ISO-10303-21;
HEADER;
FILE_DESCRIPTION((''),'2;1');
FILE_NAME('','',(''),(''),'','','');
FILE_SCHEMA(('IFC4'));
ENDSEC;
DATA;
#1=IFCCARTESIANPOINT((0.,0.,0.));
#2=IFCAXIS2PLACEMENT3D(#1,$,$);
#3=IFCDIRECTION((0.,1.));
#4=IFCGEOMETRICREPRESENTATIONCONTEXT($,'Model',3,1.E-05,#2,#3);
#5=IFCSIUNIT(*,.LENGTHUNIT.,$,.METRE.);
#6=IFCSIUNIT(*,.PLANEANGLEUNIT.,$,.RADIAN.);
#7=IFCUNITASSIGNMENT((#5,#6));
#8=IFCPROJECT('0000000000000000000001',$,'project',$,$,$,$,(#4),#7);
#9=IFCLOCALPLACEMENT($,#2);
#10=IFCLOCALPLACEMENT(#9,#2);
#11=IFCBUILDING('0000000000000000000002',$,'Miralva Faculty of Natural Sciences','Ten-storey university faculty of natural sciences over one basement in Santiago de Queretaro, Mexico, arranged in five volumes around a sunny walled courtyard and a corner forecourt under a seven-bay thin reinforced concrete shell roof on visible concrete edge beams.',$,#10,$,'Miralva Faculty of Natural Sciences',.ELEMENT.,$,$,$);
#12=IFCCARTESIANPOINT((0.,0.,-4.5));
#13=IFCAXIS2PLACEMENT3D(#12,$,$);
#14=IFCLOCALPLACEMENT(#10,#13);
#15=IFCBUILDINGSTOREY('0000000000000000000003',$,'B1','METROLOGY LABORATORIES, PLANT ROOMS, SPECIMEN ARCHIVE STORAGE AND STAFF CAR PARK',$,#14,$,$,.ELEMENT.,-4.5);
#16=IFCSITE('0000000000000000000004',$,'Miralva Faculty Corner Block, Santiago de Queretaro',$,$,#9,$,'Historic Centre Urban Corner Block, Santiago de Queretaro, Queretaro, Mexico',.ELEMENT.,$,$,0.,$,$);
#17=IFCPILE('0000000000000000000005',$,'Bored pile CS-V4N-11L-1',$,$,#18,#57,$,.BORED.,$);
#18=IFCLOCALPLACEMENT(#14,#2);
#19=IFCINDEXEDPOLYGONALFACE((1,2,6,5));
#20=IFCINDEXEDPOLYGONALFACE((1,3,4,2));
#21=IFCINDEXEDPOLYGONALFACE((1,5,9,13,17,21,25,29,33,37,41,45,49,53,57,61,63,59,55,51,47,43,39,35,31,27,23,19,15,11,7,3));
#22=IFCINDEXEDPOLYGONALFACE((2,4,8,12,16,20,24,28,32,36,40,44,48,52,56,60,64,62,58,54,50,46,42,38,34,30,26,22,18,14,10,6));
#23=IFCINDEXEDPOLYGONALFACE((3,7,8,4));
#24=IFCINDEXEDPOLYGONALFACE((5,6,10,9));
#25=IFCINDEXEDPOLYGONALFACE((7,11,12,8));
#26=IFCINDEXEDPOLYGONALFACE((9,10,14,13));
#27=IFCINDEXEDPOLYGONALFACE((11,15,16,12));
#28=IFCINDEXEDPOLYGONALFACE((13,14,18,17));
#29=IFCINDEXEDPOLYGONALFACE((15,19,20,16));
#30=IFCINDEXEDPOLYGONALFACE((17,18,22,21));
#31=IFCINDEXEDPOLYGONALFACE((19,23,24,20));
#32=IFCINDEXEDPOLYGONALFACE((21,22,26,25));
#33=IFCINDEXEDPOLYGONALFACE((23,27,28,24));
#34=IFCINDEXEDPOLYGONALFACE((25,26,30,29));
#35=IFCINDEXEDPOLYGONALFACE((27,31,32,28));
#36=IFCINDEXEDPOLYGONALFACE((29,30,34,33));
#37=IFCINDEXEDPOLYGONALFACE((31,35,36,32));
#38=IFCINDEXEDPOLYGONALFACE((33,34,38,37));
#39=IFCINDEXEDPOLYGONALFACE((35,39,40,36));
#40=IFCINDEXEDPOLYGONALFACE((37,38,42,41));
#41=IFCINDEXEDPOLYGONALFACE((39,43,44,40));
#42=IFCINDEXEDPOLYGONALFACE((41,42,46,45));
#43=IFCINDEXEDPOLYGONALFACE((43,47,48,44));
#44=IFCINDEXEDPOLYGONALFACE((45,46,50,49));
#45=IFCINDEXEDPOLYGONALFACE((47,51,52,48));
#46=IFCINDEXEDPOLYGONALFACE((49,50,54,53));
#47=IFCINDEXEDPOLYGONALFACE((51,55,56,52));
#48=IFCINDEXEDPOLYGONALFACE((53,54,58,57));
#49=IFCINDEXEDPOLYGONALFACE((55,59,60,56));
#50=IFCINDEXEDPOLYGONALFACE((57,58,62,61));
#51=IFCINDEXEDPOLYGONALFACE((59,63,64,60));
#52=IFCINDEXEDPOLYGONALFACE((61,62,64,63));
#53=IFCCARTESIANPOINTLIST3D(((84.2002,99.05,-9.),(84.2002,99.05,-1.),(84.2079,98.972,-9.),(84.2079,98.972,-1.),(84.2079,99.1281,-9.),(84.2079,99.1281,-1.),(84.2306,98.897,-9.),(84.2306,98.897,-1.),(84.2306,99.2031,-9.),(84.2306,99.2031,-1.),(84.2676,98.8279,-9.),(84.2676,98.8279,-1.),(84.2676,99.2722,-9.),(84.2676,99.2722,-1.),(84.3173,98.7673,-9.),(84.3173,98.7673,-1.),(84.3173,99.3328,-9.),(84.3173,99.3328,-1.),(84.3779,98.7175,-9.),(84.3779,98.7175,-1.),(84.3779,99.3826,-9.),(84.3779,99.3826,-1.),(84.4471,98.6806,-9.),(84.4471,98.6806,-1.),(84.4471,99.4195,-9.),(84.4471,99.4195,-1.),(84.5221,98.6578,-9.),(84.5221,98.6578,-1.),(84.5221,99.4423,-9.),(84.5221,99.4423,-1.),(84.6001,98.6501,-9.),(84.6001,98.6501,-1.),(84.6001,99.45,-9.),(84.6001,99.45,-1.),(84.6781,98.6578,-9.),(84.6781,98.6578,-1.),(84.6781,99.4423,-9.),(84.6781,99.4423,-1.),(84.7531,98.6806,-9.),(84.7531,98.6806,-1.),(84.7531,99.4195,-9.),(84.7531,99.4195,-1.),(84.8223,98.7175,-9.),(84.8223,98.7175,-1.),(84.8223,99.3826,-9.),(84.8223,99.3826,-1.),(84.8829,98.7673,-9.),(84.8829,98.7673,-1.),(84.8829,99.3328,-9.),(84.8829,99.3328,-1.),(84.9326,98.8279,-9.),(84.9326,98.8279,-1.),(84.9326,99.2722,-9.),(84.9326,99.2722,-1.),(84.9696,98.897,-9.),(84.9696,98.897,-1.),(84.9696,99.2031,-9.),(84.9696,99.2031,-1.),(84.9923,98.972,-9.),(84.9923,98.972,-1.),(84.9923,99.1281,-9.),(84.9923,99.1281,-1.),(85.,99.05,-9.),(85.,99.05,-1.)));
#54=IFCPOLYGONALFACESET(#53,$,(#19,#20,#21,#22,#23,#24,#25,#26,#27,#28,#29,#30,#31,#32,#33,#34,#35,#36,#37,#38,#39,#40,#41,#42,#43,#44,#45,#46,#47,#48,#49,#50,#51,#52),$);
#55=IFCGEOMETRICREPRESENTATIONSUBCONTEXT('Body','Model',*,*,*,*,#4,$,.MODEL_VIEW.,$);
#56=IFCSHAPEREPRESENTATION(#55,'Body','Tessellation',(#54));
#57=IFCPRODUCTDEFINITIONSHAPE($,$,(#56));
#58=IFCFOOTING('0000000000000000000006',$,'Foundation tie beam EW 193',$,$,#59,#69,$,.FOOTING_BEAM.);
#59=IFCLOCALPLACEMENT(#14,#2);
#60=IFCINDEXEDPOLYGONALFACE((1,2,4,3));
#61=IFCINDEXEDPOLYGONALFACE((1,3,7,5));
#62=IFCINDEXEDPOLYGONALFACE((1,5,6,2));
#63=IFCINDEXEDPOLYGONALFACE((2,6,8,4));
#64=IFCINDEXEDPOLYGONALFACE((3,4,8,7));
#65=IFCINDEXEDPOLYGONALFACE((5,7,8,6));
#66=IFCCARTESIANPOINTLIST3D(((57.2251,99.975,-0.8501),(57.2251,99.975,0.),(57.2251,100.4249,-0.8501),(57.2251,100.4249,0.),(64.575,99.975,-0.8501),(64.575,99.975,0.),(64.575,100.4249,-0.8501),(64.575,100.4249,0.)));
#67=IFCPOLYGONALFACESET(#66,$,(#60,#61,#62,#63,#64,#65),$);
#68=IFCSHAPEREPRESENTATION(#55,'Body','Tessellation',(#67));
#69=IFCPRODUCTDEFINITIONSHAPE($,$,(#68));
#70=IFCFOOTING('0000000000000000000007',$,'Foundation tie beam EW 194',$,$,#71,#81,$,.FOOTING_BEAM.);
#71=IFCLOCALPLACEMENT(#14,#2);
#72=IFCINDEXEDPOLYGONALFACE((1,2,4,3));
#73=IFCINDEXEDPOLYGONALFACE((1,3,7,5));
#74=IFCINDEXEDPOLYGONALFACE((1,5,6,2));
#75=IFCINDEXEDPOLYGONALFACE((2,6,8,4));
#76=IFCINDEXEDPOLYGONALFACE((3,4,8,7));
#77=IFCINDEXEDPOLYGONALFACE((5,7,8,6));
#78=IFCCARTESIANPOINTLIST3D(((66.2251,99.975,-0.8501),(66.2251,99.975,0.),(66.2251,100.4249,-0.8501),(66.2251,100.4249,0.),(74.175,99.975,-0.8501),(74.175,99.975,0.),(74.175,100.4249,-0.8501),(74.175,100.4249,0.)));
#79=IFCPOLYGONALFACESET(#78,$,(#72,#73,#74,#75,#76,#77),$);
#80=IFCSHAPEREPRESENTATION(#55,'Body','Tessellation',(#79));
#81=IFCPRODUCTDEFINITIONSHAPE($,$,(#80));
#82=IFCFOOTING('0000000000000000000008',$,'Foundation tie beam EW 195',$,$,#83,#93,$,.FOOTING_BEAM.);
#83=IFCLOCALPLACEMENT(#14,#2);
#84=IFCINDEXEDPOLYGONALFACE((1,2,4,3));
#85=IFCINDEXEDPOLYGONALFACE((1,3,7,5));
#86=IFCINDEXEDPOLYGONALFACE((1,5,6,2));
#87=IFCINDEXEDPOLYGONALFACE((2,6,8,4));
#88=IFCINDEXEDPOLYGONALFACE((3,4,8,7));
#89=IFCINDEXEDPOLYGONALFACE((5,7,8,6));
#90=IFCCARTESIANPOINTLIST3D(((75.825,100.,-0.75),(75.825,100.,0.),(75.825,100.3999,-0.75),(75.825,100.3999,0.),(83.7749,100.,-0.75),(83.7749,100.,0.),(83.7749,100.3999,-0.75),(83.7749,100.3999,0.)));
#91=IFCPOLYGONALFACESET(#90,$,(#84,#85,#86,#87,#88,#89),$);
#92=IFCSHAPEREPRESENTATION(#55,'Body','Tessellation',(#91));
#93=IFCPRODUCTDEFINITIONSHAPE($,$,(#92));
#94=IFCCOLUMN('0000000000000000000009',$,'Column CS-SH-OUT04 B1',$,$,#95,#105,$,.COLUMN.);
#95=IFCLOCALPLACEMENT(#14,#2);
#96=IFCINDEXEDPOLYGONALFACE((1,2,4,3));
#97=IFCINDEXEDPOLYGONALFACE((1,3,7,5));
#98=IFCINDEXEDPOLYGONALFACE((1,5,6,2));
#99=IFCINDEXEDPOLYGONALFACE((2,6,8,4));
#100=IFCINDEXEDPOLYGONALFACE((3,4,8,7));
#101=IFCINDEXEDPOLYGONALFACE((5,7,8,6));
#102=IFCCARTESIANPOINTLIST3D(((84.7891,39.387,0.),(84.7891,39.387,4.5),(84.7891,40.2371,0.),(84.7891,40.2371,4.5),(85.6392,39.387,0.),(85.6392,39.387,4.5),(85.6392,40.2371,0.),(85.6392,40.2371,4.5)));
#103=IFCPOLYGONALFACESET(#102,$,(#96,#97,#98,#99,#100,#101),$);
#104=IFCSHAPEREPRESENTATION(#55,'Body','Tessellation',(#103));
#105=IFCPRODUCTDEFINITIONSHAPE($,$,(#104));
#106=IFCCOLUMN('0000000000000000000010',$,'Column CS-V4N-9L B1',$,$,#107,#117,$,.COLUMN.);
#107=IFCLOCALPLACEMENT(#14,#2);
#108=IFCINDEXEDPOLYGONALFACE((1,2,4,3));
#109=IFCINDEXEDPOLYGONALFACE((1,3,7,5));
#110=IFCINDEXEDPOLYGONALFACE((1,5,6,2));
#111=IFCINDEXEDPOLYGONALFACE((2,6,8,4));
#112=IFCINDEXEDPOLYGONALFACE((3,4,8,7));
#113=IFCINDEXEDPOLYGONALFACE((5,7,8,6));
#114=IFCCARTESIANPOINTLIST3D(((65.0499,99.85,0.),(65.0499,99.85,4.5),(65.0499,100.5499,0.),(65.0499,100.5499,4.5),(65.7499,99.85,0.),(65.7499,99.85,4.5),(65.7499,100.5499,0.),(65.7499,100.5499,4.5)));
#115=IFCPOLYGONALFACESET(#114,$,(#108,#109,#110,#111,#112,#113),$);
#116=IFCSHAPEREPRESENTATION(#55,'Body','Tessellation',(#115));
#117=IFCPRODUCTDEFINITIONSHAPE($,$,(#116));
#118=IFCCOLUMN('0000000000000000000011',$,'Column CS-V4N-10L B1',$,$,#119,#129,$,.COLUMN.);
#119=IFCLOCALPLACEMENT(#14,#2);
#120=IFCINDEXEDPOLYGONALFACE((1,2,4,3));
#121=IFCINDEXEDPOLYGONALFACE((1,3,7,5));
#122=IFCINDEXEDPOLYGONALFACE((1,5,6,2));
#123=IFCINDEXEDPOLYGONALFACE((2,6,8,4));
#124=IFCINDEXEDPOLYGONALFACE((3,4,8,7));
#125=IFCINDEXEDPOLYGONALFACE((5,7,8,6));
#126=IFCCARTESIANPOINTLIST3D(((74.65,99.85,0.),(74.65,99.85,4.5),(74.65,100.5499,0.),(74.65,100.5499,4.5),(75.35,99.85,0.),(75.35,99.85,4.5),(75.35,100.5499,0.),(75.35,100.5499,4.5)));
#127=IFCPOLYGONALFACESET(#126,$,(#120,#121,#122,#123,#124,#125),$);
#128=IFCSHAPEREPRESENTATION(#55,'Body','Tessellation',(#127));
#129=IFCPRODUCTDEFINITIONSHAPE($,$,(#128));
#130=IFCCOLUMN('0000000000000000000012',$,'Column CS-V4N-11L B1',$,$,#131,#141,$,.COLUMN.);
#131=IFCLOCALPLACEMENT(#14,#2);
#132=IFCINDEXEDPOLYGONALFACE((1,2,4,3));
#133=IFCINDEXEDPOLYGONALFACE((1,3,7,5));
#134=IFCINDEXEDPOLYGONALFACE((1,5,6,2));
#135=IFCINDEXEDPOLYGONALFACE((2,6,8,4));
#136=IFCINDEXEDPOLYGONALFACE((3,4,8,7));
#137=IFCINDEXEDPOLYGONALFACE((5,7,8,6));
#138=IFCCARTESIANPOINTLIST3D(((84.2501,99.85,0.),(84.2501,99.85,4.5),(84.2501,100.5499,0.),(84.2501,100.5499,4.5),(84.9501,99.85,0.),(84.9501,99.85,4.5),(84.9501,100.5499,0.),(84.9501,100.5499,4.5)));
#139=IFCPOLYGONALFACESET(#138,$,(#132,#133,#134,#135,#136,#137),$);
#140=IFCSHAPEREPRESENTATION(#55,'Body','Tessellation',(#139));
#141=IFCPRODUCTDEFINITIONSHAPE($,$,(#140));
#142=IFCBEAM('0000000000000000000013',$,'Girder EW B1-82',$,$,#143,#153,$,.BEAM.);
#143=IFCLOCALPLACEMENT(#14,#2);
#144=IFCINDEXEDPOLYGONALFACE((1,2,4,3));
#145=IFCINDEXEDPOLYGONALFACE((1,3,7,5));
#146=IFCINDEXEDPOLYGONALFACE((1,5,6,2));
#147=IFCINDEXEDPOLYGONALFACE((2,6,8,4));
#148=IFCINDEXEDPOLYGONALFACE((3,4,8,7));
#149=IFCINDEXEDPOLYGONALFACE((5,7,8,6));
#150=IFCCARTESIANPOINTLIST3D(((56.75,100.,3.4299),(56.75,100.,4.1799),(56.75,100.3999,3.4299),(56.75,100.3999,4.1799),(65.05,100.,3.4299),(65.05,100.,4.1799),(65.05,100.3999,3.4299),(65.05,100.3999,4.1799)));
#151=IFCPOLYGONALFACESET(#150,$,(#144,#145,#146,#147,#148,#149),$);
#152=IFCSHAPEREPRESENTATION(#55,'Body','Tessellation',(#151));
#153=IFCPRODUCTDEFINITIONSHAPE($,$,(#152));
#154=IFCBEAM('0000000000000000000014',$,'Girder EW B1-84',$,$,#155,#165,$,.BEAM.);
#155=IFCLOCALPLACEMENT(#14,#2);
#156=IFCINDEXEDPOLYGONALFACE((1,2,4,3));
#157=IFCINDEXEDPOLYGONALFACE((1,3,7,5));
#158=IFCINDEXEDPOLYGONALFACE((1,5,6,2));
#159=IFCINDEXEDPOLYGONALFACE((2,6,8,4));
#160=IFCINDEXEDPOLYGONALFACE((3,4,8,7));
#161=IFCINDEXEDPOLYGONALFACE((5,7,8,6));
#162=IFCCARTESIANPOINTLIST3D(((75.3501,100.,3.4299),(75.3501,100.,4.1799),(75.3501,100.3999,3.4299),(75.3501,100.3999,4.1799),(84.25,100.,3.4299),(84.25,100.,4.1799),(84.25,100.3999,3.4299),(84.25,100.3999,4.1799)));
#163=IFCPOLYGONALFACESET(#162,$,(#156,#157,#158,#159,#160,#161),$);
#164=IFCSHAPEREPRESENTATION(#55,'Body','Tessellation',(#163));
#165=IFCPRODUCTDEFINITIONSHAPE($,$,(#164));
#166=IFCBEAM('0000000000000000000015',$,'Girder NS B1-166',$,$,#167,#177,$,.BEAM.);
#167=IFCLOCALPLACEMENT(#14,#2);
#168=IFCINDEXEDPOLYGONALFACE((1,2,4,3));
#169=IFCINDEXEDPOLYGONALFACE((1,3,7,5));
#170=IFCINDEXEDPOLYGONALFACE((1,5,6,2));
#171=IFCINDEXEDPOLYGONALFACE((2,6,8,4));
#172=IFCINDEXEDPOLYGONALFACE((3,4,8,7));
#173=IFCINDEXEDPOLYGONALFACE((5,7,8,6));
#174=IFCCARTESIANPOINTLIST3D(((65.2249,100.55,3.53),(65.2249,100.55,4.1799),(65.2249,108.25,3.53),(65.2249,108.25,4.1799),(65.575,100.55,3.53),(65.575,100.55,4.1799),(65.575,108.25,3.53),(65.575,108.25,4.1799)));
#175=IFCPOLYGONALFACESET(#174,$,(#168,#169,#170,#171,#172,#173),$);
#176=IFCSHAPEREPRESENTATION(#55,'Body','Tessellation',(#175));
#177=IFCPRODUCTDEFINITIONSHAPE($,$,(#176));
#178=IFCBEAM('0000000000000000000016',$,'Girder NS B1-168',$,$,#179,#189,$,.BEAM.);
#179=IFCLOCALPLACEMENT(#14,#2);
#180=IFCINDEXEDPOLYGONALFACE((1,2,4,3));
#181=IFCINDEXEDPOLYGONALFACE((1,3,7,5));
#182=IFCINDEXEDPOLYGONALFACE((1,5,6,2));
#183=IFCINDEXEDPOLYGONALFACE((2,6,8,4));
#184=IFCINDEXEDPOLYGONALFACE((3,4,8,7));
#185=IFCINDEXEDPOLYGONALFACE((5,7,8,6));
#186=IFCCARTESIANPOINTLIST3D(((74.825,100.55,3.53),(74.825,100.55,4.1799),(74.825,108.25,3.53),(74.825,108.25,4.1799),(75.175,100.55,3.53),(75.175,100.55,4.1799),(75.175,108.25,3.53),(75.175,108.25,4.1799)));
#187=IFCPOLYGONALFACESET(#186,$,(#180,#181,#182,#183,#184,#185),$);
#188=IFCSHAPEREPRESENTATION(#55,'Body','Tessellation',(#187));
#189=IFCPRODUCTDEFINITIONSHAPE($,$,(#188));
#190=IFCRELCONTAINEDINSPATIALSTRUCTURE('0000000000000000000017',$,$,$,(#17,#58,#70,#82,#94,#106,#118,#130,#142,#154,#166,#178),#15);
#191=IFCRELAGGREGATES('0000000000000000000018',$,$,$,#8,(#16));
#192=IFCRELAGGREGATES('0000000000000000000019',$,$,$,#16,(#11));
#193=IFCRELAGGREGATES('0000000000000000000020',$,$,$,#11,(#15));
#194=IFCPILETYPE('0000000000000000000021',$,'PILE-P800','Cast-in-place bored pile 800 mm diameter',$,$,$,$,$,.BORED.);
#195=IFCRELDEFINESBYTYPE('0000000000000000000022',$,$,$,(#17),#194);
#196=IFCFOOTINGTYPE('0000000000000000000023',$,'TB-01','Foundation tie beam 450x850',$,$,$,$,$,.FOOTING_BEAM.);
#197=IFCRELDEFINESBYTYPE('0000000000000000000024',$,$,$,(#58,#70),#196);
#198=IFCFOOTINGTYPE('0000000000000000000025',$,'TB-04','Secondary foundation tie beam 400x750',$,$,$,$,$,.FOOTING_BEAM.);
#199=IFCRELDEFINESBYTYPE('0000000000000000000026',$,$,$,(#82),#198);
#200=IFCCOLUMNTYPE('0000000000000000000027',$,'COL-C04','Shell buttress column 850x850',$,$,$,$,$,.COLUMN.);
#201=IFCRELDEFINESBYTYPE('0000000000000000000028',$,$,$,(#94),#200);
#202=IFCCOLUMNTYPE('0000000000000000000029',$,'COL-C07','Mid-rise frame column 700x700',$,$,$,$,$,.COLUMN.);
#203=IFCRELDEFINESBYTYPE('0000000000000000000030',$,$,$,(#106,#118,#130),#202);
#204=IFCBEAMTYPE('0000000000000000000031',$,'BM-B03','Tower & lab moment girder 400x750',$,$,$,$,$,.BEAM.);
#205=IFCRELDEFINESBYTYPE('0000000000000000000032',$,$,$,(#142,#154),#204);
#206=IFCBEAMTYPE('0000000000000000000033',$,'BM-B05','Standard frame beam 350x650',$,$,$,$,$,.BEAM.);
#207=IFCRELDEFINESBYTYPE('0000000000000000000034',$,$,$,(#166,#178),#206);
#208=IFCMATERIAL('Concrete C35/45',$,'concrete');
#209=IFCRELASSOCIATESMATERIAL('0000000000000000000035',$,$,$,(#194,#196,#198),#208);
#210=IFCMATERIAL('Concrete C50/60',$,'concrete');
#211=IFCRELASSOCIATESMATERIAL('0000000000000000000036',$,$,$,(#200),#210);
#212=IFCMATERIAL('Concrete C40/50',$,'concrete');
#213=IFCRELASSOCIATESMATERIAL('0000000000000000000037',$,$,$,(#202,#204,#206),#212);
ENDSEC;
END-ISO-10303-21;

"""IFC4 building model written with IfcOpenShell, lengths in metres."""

from ifc_helpers import new_model, si_unit, direction, frame, origin, origin_2d, place, context, subcontext, project, spatial, rectangle, circle, extrude, material, material_profile, profile_set, type_object, element, save


model = new_model("IFC4")

# Units and contexts
model_context = context("Model", 3, precision=1e-05, world=origin(), true_north=direction((0.0, 1.0)))
body_context = subcontext(model_context, "Body", "Model", "MODEL_VIEW")
ifc_project = project(units=[si_unit("LENGTHUNIT", "METRE"), si_unit("PLANEANGLEUNIT", "RADIAN")], contexts=[model_context])

# Site, building, storey
site_placement = place(None, origin())
site = spatial("IfcSite", under=ifc_project, at=site_placement, Name="Miralva Faculty Corner Block, Santiago de Queretaro", LongName="Historic Centre Urban Corner Block, Santiago de Queretaro, Queretaro, Mexico", CompositionType="ELEMENT", RefElevation=0.0)
building_placement = place(site_placement, origin())
building = spatial("IfcBuilding", under=site, at=building_placement, Name="Miralva Faculty of Natural Sciences", Description="Ten-storey university faculty of natural sciences over one basement in Santiago de Queretaro, Mexico, arranged in five volumes around a sunny walled courtyard and a corner forecourt under a seven-bay thin reinforced concrete shell roof on visible concrete edge beams.", LongName="Miralva Faculty of Natural Sciences", CompositionType="ELEMENT")
storey_placement = place(building_placement, frame((0.0, 0.0, -4.5)))
storey = spatial("IfcBuildingStorey", under=building, at=storey_placement, Name="B1", Description="METROLOGY LABORATORIES, PLANT ROOMS, SPECIMEN ARCHIVE STORAGE AND STAFF CAR PARK", CompositionType="ELEMENT", Elevation=-4.5)

# Shared definitions
ifc_material_1 = material(Name="Concrete C35/45", Category="concrete")
ifc_material_2 = material(Name="Concrete C40/50", Category="concrete")

# Pile
ifc_material_profile_1 = material_profile(ifc_material_1, circle(Radius=0.3999, at=origin_2d()), Name="BORED PILE 800")
ifc_profile_set_1 = profile_set([ifc_material_profile_1], Name="Concrete C35/45")
pile_type_1 = type_object("IfcPileType", Name="PILE-P800", Description="Cast-in-place bored pile 800 mm diameter", PredefinedType="BORED", material=ifc_profile_set_1)
for number, where, z_axis, x_axis, name in (
    (1, (84.6001, 99.05, -1.0), (0.0, 0.0, -1.0), (1.0, 0.0, 0.0), "Bored pile CS-V4N-11L-1"),
):
    element("IfcPile", number, at=place(storey_placement, frame(where, z_axis=z_axis, x_axis=x_axis)), inside=storey, type_object=pile_type_1, Name=name, PredefinedType="BORED", context=body_context, shape_type="SweptSolid", body=[
        extrude(circle(Radius=0.3999, at=origin_2d()), origin(), (0.0, 0.0, 1.0), 8.0),
    ])

# Footings
ifc_material_profile_2 = material_profile(ifc_material_1, rectangle(XDim=0.45, YDim=0.8501, at=origin_2d()), Name="RC 450x850")
ifc_profile_set_2 = profile_set([ifc_material_profile_2], Name="Concrete C35/45")
footing_type_1 = type_object("IfcFootingType", Name="TB-01", Description="Foundation tie beam 450x850", PredefinedType="FOOTING_BEAM", material=ifc_profile_set_2)
footing_1_placement = place(storey_placement, frame((57.2251, 100.2, -0.425), z_axis=(1.0, 0.0, 0.0), x_axis=(0.0, 1.0, 0.0)))
element("IfcFooting", 2, at=footing_1_placement, inside=storey, type_object=footing_type_1, Name="Foundation tie beam EW 193", PredefinedType="FOOTING_BEAM", context=body_context, shape_type="SweptSolid", body=[
    extrude(rectangle(XDim=0.45, YDim=0.8501, at=origin_2d()), origin(), (0.0, 0.0, 1.0), 7.3499),
])
footing_2_placement = place(storey_placement, frame((66.2251, 100.2, -0.425), z_axis=(1.0, 0.0, 0.0), x_axis=(0.0, 1.0, 0.0)))
element("IfcFooting", 3, at=footing_2_placement, inside=storey, type_object=footing_type_1, Name="Foundation tie beam EW 194", PredefinedType="FOOTING_BEAM", context=body_context, shape_type="SweptSolid", body=[
    extrude(rectangle(XDim=0.45, YDim=0.8501, at=origin_2d()), origin(), (0.0, 0.0, 1.0), 7.95),
])
ifc_material_profile_3 = material_profile(ifc_material_1, rectangle(XDim=0.3999, YDim=0.75, at=origin_2d()), Name="RC 400x750")
ifc_profile_set_3 = profile_set([ifc_material_profile_3], Name="Concrete C35/45")
footing_type_2 = type_object("IfcFootingType", Name="TB-04", Description="Secondary foundation tie beam 400x750", PredefinedType="FOOTING_BEAM", material=ifc_profile_set_3)
footing_3_placement = place(storey_placement, frame((75.825, 100.2, -0.375), z_axis=(1.0, 0.0, 0.0), x_axis=(0.0, 1.0, 0.0)))
element("IfcFooting", 4, at=footing_3_placement, inside=storey, type_object=footing_type_2, Name="Foundation tie beam EW 195", PredefinedType="FOOTING_BEAM", context=body_context, shape_type="SweptSolid", body=[
    extrude(rectangle(XDim=0.3999, YDim=0.75, at=origin_2d()), origin(), (0.0, 0.0, 1.0), 7.95),
])

# Columns
ifc_material_3 = material(Name="Concrete C50/60", Category="concrete")
ifc_material_profile_4 = material_profile(ifc_material_3, rectangle(XDim=0.8501, YDim=0.8501, at=origin_2d()), Name="RC 850x850")
ifc_profile_set_4 = profile_set([ifc_material_profile_4], Name="Concrete C50/60")
column_type_1 = type_object("IfcColumnType", Name="COL-C04", Description="Shell buttress column 850x850", PredefinedType="COLUMN", material=ifc_profile_set_4)
column_placement = place(storey_placement, frame((85.2141, 39.812, 0.0), z_axis=(0.0, 0.0, 1.0), x_axis=(1.0, 0.0, 0.0)))
element("IfcColumn", 5, at=column_placement, inside=storey, type_object=column_type_1, Name="Column CS-SH-OUT04 B1", PredefinedType="COLUMN", context=body_context, shape_type="SweptSolid", body=[
    extrude(rectangle(XDim=0.8501, YDim=0.8501, at=origin_2d()), origin(), (0.0, 0.0, 1.0), 4.5),
])
ifc_material_profile_5 = material_profile(ifc_material_2, rectangle(XDim=0.7, YDim=0.7, at=origin_2d()), Name="RC 700x700")
ifc_profile_set_5 = profile_set([ifc_material_profile_5], Name="Concrete C40/50")
column_type_2 = type_object("IfcColumnType", Name="COL-C07", Description="Mid-rise frame column 700x700", PredefinedType="COLUMN", material=ifc_profile_set_5)
for number, where, z_axis, x_axis, name in (
    (6, (65.3999, 100.2, 0.0), (0.0, 0.0, 1.0), (1.0, 0.0, 0.0), "Column CS-V4N-9L B1"),
    (7, (75.0, 100.2, 0.0), (0.0, 0.0, 1.0), (1.0, 0.0, 0.0), "Column CS-V4N-10L B1"),
    (8, (84.6001, 100.2, 0.0), (0.0, 0.0, 1.0), (1.0, 0.0, 0.0), "Column CS-V4N-11L B1"),
):
    element("IfcColumn", number, at=place(storey_placement, frame(where, z_axis=z_axis, x_axis=x_axis)), inside=storey, type_object=column_type_2, Name=name, PredefinedType="COLUMN", context=body_context, shape_type="SweptSolid", body=[
        extrude(rectangle(XDim=0.7, YDim=0.7, at=origin_2d()), origin(), (0.0, 0.0, 1.0), 4.5),
    ])

# Beams
ifc_material_profile_6 = material_profile(ifc_material_2, rectangle(XDim=0.3999, YDim=0.75, at=origin_2d()), Name="RC 400x750")
ifc_profile_set_6 = profile_set([ifc_material_profile_6], Name="Concrete C40/50")
beam_type_1 = type_object("IfcBeamType", Name="BM-B03", Description="Tower & lab moment girder 400x750", PredefinedType="BEAM", material=ifc_profile_set_6)
beam_1_placement = place(storey_placement, frame((56.75, 100.2, 3.8049), z_axis=(1.0, 0.0, 0.0), x_axis=(0.0, 1.0, 0.0)))
element("IfcBeam", 9, at=beam_1_placement, inside=storey, type_object=beam_type_1, Name="Girder EW B1-82", PredefinedType="BEAM", context=body_context, shape_type="SweptSolid", body=[
    extrude(rectangle(XDim=0.3999, YDim=0.75, at=origin_2d()), origin(), (0.0, 0.0, 1.0), 8.3),
])
beam_2_placement = place(storey_placement, frame((75.3501, 100.2, 3.8049), z_axis=(1.0, 0.0, 0.0), x_axis=(0.0, 1.0, 0.0)))
element("IfcBeam", 10, at=beam_2_placement, inside=storey, type_object=beam_type_1, Name="Girder EW B1-84", PredefinedType="BEAM", context=body_context, shape_type="SweptSolid", body=[
    extrude(rectangle(XDim=0.3999, YDim=0.75, at=origin_2d()), origin(), (0.0, 0.0, 1.0), 8.8999),
])
ifc_material_profile_7 = material_profile(ifc_material_2, rectangle(XDim=0.3501, YDim=0.6499, at=origin_2d()), Name="RC 350x650")
ifc_profile_set_7 = profile_set([ifc_material_profile_7], Name="Concrete C40/50")
beam_type_2 = type_object("IfcBeamType", Name="BM-B05", Description="Standard frame beam 350x650", PredefinedType="BEAM", material=ifc_profile_set_7)
for number, where, z_axis, x_axis, name in (
    (11, (65.3999, 100.55, 3.855), (0.0, 1.0, 0.0), (-1.0, 0.0, 0.0), "Girder NS B1-166"),
    (12, (75.0, 100.55, 3.855), (0.0, 1.0, 0.0), (-1.0, 0.0, 0.0), "Girder NS B1-168"),
):
    element("IfcBeam", number, at=place(storey_placement, frame(where, z_axis=z_axis, x_axis=x_axis)), inside=storey, type_object=beam_type_2, Name=name, PredefinedType="BEAM", context=body_context, shape_type="SweptSolid", body=[
        extrude(rectangle(XDim=0.3501, YDim=0.6499, at=origin_2d()), origin(), (0.0, 0.0, 1.0), 7.7),
    ])

save(model, "model.ifc")
